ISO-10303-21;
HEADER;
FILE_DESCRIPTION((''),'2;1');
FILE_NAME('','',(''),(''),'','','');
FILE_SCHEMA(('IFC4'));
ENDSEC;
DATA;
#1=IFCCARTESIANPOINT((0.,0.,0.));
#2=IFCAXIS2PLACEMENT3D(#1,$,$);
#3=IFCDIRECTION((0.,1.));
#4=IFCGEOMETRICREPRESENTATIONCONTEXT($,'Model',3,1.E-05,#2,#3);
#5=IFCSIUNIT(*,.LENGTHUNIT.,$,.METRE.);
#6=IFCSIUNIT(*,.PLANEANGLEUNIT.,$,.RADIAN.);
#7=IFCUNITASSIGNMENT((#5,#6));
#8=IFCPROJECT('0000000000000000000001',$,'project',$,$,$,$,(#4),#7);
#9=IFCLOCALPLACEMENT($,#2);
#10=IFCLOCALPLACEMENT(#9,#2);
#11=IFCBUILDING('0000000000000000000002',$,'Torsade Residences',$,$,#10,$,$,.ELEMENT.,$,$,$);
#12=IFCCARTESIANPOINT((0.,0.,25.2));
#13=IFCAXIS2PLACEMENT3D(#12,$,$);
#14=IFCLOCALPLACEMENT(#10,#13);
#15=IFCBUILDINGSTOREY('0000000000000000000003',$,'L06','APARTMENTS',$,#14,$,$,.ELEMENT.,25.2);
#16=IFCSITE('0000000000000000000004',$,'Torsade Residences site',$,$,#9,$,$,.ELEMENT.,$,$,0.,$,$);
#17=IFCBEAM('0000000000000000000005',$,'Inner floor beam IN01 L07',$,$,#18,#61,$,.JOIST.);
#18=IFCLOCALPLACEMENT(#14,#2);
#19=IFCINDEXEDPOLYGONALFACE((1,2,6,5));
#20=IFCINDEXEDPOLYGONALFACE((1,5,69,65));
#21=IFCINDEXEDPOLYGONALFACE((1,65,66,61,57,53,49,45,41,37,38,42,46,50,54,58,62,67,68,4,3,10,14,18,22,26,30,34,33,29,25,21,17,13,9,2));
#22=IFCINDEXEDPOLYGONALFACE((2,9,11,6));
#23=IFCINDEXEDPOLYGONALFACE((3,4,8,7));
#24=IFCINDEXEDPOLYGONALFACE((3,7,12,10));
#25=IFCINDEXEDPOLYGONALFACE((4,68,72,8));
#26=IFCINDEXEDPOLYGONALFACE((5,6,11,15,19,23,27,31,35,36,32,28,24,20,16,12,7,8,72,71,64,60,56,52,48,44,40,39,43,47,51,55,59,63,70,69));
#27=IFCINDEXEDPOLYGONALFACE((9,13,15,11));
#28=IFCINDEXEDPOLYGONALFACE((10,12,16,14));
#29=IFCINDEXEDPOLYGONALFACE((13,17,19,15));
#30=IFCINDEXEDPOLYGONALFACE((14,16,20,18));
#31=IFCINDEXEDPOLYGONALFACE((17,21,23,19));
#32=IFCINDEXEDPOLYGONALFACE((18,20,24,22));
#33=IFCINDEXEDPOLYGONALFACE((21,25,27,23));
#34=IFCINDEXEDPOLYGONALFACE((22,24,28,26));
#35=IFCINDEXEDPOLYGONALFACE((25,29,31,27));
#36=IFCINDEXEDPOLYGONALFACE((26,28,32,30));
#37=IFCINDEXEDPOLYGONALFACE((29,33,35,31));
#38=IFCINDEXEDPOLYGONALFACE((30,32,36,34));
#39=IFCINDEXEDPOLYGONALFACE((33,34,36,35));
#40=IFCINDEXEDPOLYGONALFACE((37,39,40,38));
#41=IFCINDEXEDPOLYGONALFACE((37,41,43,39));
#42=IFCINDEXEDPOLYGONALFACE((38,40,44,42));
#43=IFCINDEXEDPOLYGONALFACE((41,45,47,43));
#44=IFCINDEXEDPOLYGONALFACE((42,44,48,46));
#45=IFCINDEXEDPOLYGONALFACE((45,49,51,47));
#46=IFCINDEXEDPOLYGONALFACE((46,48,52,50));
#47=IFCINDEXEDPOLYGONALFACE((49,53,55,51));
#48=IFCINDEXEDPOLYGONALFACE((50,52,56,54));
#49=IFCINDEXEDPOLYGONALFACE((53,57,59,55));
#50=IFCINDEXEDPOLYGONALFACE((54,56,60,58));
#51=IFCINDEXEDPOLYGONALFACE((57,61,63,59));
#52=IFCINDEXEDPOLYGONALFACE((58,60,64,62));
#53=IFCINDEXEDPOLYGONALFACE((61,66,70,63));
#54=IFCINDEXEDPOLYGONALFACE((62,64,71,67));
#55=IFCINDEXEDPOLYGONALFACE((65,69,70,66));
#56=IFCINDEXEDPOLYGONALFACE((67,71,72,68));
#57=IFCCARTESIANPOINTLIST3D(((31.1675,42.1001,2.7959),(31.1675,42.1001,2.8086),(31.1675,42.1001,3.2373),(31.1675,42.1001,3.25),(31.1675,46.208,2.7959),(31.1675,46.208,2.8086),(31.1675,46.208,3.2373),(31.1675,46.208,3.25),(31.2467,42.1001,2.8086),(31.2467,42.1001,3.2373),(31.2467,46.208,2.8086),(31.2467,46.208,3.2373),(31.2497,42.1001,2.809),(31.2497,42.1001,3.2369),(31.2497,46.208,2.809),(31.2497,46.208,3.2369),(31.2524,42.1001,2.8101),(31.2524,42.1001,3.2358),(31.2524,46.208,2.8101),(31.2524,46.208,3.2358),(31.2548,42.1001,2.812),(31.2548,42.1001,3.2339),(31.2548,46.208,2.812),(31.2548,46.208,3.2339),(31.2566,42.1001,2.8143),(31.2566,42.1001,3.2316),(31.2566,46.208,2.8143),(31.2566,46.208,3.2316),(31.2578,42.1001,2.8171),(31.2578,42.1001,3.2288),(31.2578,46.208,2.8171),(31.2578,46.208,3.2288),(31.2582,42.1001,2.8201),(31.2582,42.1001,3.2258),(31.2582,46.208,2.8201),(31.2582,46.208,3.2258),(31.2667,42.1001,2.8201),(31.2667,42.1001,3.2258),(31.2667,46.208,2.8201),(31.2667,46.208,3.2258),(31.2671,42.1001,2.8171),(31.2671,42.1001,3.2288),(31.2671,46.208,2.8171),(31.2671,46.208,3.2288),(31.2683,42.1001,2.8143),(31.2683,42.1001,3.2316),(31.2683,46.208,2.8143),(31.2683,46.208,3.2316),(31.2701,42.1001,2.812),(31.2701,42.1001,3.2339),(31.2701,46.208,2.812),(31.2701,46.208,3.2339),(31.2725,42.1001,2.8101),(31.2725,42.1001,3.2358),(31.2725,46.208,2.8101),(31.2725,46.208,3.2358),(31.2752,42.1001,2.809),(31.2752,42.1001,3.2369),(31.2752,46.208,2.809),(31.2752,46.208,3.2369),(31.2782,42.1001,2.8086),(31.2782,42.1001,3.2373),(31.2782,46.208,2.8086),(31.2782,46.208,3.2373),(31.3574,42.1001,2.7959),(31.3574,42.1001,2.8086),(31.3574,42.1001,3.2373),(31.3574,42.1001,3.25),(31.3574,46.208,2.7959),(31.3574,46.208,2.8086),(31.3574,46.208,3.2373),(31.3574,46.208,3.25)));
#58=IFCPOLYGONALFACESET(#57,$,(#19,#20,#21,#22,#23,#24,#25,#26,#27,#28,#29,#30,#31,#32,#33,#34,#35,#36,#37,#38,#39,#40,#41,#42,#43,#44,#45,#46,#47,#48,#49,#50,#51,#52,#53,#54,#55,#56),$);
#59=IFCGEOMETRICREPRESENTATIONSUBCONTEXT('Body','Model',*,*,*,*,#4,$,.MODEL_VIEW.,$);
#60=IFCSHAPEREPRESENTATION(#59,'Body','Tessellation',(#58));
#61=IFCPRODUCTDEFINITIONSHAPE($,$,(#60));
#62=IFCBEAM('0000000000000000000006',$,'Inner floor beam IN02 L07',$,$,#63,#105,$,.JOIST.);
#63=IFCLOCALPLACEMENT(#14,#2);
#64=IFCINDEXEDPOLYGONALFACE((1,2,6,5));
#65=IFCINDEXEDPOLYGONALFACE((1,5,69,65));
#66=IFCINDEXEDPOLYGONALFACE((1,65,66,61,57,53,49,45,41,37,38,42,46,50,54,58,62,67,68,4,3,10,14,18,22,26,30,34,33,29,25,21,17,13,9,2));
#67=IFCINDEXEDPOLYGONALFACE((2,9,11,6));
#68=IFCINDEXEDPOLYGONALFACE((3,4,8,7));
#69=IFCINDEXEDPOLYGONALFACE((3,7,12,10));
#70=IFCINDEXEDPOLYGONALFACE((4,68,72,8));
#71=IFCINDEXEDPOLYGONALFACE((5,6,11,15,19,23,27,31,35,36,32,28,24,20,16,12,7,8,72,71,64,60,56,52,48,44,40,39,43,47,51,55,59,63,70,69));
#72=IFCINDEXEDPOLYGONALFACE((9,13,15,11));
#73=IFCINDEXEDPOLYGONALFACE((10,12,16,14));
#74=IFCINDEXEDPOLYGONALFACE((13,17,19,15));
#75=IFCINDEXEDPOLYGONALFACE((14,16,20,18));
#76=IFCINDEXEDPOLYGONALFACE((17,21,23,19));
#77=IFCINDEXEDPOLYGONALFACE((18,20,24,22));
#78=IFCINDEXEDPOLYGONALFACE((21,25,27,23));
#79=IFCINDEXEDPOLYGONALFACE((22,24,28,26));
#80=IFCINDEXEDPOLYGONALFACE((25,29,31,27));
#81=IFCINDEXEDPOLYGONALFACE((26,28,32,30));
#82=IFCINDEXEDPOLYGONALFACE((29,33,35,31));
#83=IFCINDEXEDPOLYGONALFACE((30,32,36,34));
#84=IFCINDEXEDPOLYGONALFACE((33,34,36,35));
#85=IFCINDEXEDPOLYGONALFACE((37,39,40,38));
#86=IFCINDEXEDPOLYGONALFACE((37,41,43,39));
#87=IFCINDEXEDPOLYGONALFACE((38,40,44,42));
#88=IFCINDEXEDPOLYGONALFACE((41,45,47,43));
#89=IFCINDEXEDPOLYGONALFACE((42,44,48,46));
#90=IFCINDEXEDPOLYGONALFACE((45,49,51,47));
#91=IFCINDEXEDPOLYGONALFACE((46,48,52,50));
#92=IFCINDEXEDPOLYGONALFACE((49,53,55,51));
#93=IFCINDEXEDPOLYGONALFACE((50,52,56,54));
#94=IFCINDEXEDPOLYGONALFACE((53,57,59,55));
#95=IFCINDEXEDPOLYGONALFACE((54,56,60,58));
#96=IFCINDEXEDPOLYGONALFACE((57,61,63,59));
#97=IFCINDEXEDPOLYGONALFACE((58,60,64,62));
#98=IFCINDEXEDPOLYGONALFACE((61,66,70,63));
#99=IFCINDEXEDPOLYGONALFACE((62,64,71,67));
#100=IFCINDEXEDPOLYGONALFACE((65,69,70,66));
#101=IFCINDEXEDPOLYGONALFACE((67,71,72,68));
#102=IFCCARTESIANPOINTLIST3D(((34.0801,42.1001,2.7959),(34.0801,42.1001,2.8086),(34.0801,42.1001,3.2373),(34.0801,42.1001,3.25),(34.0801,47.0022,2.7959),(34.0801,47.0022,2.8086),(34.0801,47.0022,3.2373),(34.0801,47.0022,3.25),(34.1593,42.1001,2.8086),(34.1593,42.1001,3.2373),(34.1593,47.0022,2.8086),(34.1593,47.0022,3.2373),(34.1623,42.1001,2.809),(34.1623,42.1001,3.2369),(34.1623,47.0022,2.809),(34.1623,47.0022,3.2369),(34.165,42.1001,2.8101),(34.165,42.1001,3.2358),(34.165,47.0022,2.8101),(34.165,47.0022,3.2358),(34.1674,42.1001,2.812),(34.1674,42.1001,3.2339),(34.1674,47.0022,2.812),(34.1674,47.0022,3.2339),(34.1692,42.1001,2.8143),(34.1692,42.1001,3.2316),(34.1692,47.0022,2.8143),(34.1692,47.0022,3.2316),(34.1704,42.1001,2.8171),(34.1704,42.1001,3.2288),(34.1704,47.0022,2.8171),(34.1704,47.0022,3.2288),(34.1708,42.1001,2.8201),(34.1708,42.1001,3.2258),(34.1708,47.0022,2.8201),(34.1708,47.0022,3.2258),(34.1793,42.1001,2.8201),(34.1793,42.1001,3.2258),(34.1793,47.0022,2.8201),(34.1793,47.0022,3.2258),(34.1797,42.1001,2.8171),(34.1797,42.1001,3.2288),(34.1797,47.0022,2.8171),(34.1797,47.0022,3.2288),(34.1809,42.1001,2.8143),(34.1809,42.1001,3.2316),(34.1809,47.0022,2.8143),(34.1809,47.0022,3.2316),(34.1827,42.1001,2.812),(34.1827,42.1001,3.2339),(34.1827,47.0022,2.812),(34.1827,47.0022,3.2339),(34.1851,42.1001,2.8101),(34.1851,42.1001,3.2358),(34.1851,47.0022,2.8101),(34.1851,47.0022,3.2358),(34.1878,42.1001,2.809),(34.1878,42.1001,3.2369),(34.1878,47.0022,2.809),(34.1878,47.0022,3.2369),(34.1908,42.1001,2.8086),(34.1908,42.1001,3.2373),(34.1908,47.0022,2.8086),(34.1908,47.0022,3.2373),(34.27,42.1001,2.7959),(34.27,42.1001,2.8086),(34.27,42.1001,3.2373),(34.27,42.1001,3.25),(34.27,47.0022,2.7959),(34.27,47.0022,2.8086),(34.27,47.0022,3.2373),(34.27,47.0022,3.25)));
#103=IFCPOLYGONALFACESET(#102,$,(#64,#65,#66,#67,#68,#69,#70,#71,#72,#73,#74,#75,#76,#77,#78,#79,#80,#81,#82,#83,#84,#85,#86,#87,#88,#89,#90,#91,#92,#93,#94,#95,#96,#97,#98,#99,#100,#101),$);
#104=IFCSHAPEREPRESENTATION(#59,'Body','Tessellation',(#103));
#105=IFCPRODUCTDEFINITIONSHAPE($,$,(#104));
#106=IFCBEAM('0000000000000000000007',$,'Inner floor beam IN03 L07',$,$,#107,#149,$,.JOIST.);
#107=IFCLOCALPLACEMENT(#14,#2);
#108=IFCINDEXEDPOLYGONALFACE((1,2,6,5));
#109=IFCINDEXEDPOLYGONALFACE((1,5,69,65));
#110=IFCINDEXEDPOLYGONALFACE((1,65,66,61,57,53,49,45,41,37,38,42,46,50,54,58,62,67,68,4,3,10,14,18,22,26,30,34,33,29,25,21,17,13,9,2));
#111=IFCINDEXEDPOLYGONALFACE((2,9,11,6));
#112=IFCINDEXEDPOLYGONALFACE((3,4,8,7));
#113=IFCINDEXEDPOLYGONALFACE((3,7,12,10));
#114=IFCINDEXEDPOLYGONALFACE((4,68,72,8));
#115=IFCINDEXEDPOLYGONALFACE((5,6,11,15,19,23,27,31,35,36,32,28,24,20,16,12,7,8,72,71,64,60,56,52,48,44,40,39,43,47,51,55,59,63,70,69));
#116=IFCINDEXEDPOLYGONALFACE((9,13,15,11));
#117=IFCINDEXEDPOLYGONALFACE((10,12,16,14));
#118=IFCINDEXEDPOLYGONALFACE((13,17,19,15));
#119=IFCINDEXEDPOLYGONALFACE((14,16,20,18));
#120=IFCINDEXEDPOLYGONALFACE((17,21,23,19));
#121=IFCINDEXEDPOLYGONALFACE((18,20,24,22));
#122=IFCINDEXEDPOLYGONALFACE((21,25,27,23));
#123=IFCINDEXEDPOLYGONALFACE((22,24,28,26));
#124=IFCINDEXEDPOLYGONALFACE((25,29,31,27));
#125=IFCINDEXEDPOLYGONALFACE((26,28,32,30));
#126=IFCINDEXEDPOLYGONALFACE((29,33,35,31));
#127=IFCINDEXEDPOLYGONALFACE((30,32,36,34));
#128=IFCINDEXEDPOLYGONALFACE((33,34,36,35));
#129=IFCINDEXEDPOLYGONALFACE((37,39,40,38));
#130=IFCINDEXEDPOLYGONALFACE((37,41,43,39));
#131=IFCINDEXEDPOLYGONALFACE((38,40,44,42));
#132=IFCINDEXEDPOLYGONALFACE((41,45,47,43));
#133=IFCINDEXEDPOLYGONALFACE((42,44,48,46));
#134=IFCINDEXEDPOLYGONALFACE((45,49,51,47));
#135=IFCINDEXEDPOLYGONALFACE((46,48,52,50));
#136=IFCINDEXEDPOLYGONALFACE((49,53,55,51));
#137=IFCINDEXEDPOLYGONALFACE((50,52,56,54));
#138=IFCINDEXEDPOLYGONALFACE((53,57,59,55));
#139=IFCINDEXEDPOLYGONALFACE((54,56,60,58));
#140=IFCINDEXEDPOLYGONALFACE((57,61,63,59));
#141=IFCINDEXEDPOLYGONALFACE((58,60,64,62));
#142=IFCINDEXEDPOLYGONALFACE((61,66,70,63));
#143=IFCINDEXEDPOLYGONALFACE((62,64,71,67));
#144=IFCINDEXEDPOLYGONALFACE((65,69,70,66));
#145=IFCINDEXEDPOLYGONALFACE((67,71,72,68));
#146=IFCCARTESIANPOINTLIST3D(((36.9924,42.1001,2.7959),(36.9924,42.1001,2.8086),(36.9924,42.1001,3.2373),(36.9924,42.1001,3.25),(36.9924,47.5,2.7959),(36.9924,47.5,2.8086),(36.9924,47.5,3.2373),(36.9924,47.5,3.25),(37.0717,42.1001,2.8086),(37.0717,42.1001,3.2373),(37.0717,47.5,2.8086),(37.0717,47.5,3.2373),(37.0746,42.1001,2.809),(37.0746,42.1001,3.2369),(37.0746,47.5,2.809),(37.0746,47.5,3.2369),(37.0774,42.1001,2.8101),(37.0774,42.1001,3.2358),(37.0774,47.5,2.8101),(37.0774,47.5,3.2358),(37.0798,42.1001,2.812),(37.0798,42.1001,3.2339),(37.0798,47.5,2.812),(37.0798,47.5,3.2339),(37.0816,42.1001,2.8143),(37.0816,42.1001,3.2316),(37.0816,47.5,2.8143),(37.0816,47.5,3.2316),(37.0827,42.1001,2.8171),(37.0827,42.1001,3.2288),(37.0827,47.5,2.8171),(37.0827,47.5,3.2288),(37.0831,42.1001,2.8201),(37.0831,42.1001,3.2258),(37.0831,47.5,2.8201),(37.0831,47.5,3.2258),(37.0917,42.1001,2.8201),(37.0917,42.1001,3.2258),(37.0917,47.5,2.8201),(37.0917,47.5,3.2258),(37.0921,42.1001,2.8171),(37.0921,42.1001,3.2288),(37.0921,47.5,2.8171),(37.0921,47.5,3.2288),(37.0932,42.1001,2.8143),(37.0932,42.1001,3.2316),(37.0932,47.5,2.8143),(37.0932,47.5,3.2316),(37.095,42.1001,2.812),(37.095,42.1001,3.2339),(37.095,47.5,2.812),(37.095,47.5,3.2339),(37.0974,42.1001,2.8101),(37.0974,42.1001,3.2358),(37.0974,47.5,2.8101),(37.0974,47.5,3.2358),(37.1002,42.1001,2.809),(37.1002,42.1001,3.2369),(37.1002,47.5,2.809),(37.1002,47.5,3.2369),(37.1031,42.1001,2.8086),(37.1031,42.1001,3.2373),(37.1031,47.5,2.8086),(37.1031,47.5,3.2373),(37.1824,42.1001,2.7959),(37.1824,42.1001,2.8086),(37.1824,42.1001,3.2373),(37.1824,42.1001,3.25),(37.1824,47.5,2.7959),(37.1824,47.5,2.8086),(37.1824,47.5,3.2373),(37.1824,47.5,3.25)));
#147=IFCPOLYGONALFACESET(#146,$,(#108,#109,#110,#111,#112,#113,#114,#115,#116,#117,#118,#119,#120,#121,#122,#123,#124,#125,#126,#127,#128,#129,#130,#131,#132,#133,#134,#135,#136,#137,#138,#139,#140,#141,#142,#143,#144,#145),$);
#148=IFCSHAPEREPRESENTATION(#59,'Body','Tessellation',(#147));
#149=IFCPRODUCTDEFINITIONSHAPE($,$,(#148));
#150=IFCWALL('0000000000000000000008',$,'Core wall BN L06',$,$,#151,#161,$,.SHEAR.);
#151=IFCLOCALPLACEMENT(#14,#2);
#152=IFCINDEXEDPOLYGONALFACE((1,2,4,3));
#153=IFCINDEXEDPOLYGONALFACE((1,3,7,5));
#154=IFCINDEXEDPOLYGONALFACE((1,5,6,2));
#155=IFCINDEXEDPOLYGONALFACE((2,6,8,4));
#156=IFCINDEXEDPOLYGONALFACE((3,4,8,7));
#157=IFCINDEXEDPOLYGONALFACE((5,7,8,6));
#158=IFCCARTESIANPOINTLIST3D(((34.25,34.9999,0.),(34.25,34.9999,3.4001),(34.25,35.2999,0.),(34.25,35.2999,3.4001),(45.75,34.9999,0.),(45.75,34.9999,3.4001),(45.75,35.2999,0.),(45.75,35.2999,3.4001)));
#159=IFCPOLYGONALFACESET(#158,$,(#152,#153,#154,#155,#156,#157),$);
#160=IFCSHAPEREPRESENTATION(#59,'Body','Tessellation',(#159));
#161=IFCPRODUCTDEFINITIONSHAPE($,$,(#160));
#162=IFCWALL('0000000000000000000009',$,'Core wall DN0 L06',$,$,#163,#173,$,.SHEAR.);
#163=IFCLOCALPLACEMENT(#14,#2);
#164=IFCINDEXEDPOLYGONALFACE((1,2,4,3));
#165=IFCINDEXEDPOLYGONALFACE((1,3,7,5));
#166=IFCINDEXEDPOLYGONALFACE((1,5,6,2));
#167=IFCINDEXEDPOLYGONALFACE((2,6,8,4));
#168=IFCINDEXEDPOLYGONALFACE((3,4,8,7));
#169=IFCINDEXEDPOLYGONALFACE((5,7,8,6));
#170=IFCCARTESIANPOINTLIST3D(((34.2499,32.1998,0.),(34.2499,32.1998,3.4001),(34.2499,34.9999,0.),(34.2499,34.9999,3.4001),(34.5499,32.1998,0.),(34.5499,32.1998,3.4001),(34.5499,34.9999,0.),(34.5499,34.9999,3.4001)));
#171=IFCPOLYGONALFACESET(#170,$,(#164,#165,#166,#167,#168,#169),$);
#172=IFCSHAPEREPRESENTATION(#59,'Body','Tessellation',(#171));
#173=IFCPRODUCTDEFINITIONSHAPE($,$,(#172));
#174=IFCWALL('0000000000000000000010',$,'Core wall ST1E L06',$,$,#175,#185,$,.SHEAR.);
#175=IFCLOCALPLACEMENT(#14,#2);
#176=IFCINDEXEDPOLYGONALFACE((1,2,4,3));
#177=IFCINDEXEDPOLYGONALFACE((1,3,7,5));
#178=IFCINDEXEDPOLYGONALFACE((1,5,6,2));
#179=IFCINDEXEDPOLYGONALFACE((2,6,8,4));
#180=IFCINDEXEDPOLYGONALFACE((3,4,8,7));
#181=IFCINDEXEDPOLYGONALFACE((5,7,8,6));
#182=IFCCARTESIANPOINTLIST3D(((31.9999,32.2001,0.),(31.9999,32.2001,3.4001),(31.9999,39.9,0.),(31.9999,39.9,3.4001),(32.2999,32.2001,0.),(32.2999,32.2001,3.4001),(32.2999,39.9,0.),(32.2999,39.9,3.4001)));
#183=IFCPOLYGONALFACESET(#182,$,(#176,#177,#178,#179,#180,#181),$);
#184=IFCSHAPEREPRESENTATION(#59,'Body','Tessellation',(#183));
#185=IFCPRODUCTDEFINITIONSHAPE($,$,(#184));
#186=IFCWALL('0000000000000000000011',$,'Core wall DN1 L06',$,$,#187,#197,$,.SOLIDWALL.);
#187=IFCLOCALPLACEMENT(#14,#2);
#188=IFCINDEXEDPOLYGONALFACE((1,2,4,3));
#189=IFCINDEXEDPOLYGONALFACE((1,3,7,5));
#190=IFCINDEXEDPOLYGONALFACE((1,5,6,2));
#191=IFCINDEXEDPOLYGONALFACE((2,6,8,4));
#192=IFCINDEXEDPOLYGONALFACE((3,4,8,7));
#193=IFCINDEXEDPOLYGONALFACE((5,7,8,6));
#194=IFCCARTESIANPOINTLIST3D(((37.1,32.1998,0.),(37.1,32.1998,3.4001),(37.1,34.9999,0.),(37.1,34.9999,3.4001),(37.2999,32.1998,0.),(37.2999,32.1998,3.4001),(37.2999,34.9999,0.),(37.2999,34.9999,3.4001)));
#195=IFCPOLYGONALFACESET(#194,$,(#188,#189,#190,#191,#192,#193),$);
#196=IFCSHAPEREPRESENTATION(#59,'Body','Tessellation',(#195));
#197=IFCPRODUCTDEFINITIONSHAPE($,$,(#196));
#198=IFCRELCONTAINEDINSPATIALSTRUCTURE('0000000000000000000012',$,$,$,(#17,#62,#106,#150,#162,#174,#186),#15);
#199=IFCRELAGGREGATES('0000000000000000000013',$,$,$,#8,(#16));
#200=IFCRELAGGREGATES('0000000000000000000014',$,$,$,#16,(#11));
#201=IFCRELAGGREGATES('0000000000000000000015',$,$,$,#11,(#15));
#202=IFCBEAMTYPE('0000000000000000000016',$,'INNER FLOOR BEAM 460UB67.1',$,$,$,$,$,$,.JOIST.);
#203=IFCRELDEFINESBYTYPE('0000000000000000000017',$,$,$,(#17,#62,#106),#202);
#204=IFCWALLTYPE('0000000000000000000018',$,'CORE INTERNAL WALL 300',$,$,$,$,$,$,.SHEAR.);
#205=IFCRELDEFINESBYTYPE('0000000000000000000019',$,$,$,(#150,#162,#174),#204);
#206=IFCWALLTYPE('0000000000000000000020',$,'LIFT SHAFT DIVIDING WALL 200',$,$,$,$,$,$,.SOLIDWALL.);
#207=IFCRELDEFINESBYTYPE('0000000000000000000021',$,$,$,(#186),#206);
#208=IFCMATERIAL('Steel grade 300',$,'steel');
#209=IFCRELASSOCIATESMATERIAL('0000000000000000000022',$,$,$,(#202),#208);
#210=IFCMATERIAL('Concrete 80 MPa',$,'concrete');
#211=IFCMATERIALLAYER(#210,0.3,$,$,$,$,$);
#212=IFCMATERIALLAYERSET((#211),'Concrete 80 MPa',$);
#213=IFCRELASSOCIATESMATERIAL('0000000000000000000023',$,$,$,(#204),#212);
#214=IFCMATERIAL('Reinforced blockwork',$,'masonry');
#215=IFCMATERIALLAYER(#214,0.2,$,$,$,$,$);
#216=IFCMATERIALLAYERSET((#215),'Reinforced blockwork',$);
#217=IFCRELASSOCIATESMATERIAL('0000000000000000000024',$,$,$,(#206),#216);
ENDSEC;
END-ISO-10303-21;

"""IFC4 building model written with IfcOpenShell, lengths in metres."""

from ifc_helpers import new_model, si_unit, direction, frame, frame_2d, origin, origin_2d, place, context, subcontext, project, spatial, rectangle, i_section, extrude, material, layer, layer_set, material_profile, profile_set, type_object, element, save


model = new_model("IFC4")

# Units and contexts
model_context = context("Model", 3, precision=1e-05, world=origin(), true_north=direction((0.0, 1.0)))
body_context = subcontext(model_context, "Body", "Model", "MODEL_VIEW")
ifc_project = project(units=[si_unit("LENGTHUNIT", "METRE"), si_unit("PLANEANGLEUNIT", "RADIAN")], contexts=[model_context])

# Site, building, storey
site_placement = place(None, origin())
site = spatial("IfcSite", under=ifc_project, at=site_placement, Name="Torsade Residences site", CompositionType="ELEMENT", RefElevation=0.0)
building_placement = place(site_placement, origin())
building = spatial("IfcBuilding", under=site, at=building_placement, Name="Torsade Residences", CompositionType="ELEMENT")
storey_placement = place(building_placement, frame((0.0, 0.0, 25.2)))
storey = spatial("IfcBuildingStorey", under=building, at=storey_placement, Name="L06", Description="APARTMENTS", CompositionType="ELEMENT", Elevation=25.2)

# Beams
ifc_material_1 = material(Name="Steel grade 300", Category="steel")
ifc_material_profile = material_profile(ifc_material_1, i_section(OverallWidth=0.1899, OverallDepth=0.4541, WebThickness=0.0085, FlangeThickness=0.0127, FilletRadius=0.0115, at=origin_2d()), Name="460UB67.1")
ifc_profile_set = profile_set([ifc_material_profile], Name="Steel grade 300")
beam_type = type_object("IfcBeamType", Name="INNER FLOOR BEAM 460UB67.1", PredefinedType="JOIST", material=ifc_profile_set)
beam_1_placement = place(storey_placement, frame((31.2625, 42.1001, 3.0229), z_axis=(0.0, 1.0, 0.0), x_axis=(-1.0, 0.0, 0.0)))
element("IfcBeam", 1, at=beam_1_placement, inside=storey, type_object=beam_type, Name="Inner floor beam IN01 L07", PredefinedType="JOIST", context=body_context, shape_type="SweptSolid", body=[
    extrude(i_section(OverallWidth=0.1899, OverallDepth=0.4541, WebThickness=0.0085, FlangeThickness=0.0127, FilletRadius=0.0115, at=origin_2d()), origin(), (0.0, 0.0, 1.0), 4.1079),
])
beam_2_placement = place(storey_placement, frame((34.175, 42.1001, 3.0229), z_axis=(0.0, 1.0, 0.0), x_axis=(-1.0, 0.0, 0.0)))
element("IfcBeam", 2, at=beam_2_placement, inside=storey, type_object=beam_type, Name="Inner floor beam IN02 L07", PredefinedType="JOIST", context=body_context, shape_type="SweptSolid", body=[
    extrude(i_section(OverallWidth=0.1899, OverallDepth=0.4541, WebThickness=0.0085, FlangeThickness=0.0127, FilletRadius=0.0115, at=origin_2d()), origin(), (0.0, 0.0, 1.0), 4.9021),
])
beam_3_placement = place(storey_placement, frame((37.0874, 42.1001, 3.0229), z_axis=(0.0, 1.0, 0.0), x_axis=(-1.0, 0.0, 0.0)))
element("IfcBeam", 3, at=beam_3_placement, inside=storey, type_object=beam_type, Name="Inner floor beam IN03 L07", PredefinedType="JOIST", context=body_context, shape_type="SweptSolid", body=[
    extrude(i_section(OverallWidth=0.1899, OverallDepth=0.4541, WebThickness=0.0085, FlangeThickness=0.0127, FilletRadius=0.0115, at=origin_2d()), origin(), (0.0, 0.0, 1.0), 5.3999),
])

# Walls
ifc_material_2 = material(Name="Concrete 80 MPa", Category="concrete")
ifc_layer_1 = layer(ifc_material_2, 0.3)
ifc_layer_set_1 = layer_set([ifc_layer_1], Name="Concrete 80 MPa")
wall_type_1 = type_object("IfcWallType", Name="CORE INTERNAL WALL 300", PredefinedType="SHEAR", material=ifc_layer_set_1)
wall_1_placement = place(storey_placement, frame((34.25, 35.1499, 0.0), z_axis=(0.0, 0.0, 1.0), x_axis=(1.0, 0.0, 0.0)))
element("IfcWall", 4, at=wall_1_placement, inside=storey, type_object=wall_type_1, Name="Core wall BN L06", PredefinedType="SHEAR", context=body_context, shape_type="SweptSolid", body=[
    extrude(rectangle(XDim=11.5, YDim=0.3, at=frame_2d((5.75, 0.0))), origin(), (0.0, 0.0, 1.0), 3.4001),
])
wall_2_placement = place(storey_placement, frame((34.3999, 32.2, 0.0), z_axis=(0.0, 0.0, 1.0), x_axis=(0.0, 1.0, 0.0)))
element("IfcWall", 5, at=wall_2_placement, inside=storey, type_object=wall_type_1, Name="Core wall DN0 L06", PredefinedType="SHEAR", context=body_context, shape_type="SweptSolid", body=[
    extrude(rectangle(XDim=2.8, YDim=0.3, at=frame_2d((1.3999, 0.0))), origin(), (0.0, 0.0, 1.0), 3.4001),
])
wall_3_placement = place(storey_placement, frame((32.1499, 32.2, 0.0), z_axis=(0.0, 0.0, 1.0), x_axis=(0.0, 1.0, 0.0)))
element("IfcWall", 6, at=wall_3_placement, inside=storey, type_object=wall_type_1, Name="Core wall ST1E L06", PredefinedType="SHEAR", context=body_context, shape_type="SweptSolid", body=[
    extrude(rectangle(XDim=7.7, YDim=0.3, at=frame_2d((3.8501, 0.0))), origin(), (0.0, 0.0, 1.0), 3.4001),
])
ifc_material_3 = material(Name="Reinforced blockwork", Category="masonry")
ifc_layer_2 = layer(ifc_material_3, 0.2)
ifc_layer_set_2 = layer_set([ifc_layer_2], Name="Reinforced blockwork")
wall_type_2 = type_object("IfcWallType", Name="LIFT SHAFT DIVIDING WALL 200", PredefinedType="SOLIDWALL", material=ifc_layer_set_2)
wall_4_placement = place(storey_placement, frame((37.2, 32.2, 0.0), z_axis=(0.0, 0.0, 1.0), x_axis=(0.0, 1.0, 0.0)))
element("IfcWall", 7, at=wall_4_placement, inside=storey, type_object=wall_type_2, Name="Core wall DN1 L06", PredefinedType="SOLIDWALL", context=body_context, shape_type="SweptSolid", body=[
    extrude(rectangle(XDim=2.8, YDim=0.2, at=frame_2d((1.3999, 0.0))), origin(), (0.0, 0.0, 1.0), 3.4001),
])

save(model, "model.ifc")
